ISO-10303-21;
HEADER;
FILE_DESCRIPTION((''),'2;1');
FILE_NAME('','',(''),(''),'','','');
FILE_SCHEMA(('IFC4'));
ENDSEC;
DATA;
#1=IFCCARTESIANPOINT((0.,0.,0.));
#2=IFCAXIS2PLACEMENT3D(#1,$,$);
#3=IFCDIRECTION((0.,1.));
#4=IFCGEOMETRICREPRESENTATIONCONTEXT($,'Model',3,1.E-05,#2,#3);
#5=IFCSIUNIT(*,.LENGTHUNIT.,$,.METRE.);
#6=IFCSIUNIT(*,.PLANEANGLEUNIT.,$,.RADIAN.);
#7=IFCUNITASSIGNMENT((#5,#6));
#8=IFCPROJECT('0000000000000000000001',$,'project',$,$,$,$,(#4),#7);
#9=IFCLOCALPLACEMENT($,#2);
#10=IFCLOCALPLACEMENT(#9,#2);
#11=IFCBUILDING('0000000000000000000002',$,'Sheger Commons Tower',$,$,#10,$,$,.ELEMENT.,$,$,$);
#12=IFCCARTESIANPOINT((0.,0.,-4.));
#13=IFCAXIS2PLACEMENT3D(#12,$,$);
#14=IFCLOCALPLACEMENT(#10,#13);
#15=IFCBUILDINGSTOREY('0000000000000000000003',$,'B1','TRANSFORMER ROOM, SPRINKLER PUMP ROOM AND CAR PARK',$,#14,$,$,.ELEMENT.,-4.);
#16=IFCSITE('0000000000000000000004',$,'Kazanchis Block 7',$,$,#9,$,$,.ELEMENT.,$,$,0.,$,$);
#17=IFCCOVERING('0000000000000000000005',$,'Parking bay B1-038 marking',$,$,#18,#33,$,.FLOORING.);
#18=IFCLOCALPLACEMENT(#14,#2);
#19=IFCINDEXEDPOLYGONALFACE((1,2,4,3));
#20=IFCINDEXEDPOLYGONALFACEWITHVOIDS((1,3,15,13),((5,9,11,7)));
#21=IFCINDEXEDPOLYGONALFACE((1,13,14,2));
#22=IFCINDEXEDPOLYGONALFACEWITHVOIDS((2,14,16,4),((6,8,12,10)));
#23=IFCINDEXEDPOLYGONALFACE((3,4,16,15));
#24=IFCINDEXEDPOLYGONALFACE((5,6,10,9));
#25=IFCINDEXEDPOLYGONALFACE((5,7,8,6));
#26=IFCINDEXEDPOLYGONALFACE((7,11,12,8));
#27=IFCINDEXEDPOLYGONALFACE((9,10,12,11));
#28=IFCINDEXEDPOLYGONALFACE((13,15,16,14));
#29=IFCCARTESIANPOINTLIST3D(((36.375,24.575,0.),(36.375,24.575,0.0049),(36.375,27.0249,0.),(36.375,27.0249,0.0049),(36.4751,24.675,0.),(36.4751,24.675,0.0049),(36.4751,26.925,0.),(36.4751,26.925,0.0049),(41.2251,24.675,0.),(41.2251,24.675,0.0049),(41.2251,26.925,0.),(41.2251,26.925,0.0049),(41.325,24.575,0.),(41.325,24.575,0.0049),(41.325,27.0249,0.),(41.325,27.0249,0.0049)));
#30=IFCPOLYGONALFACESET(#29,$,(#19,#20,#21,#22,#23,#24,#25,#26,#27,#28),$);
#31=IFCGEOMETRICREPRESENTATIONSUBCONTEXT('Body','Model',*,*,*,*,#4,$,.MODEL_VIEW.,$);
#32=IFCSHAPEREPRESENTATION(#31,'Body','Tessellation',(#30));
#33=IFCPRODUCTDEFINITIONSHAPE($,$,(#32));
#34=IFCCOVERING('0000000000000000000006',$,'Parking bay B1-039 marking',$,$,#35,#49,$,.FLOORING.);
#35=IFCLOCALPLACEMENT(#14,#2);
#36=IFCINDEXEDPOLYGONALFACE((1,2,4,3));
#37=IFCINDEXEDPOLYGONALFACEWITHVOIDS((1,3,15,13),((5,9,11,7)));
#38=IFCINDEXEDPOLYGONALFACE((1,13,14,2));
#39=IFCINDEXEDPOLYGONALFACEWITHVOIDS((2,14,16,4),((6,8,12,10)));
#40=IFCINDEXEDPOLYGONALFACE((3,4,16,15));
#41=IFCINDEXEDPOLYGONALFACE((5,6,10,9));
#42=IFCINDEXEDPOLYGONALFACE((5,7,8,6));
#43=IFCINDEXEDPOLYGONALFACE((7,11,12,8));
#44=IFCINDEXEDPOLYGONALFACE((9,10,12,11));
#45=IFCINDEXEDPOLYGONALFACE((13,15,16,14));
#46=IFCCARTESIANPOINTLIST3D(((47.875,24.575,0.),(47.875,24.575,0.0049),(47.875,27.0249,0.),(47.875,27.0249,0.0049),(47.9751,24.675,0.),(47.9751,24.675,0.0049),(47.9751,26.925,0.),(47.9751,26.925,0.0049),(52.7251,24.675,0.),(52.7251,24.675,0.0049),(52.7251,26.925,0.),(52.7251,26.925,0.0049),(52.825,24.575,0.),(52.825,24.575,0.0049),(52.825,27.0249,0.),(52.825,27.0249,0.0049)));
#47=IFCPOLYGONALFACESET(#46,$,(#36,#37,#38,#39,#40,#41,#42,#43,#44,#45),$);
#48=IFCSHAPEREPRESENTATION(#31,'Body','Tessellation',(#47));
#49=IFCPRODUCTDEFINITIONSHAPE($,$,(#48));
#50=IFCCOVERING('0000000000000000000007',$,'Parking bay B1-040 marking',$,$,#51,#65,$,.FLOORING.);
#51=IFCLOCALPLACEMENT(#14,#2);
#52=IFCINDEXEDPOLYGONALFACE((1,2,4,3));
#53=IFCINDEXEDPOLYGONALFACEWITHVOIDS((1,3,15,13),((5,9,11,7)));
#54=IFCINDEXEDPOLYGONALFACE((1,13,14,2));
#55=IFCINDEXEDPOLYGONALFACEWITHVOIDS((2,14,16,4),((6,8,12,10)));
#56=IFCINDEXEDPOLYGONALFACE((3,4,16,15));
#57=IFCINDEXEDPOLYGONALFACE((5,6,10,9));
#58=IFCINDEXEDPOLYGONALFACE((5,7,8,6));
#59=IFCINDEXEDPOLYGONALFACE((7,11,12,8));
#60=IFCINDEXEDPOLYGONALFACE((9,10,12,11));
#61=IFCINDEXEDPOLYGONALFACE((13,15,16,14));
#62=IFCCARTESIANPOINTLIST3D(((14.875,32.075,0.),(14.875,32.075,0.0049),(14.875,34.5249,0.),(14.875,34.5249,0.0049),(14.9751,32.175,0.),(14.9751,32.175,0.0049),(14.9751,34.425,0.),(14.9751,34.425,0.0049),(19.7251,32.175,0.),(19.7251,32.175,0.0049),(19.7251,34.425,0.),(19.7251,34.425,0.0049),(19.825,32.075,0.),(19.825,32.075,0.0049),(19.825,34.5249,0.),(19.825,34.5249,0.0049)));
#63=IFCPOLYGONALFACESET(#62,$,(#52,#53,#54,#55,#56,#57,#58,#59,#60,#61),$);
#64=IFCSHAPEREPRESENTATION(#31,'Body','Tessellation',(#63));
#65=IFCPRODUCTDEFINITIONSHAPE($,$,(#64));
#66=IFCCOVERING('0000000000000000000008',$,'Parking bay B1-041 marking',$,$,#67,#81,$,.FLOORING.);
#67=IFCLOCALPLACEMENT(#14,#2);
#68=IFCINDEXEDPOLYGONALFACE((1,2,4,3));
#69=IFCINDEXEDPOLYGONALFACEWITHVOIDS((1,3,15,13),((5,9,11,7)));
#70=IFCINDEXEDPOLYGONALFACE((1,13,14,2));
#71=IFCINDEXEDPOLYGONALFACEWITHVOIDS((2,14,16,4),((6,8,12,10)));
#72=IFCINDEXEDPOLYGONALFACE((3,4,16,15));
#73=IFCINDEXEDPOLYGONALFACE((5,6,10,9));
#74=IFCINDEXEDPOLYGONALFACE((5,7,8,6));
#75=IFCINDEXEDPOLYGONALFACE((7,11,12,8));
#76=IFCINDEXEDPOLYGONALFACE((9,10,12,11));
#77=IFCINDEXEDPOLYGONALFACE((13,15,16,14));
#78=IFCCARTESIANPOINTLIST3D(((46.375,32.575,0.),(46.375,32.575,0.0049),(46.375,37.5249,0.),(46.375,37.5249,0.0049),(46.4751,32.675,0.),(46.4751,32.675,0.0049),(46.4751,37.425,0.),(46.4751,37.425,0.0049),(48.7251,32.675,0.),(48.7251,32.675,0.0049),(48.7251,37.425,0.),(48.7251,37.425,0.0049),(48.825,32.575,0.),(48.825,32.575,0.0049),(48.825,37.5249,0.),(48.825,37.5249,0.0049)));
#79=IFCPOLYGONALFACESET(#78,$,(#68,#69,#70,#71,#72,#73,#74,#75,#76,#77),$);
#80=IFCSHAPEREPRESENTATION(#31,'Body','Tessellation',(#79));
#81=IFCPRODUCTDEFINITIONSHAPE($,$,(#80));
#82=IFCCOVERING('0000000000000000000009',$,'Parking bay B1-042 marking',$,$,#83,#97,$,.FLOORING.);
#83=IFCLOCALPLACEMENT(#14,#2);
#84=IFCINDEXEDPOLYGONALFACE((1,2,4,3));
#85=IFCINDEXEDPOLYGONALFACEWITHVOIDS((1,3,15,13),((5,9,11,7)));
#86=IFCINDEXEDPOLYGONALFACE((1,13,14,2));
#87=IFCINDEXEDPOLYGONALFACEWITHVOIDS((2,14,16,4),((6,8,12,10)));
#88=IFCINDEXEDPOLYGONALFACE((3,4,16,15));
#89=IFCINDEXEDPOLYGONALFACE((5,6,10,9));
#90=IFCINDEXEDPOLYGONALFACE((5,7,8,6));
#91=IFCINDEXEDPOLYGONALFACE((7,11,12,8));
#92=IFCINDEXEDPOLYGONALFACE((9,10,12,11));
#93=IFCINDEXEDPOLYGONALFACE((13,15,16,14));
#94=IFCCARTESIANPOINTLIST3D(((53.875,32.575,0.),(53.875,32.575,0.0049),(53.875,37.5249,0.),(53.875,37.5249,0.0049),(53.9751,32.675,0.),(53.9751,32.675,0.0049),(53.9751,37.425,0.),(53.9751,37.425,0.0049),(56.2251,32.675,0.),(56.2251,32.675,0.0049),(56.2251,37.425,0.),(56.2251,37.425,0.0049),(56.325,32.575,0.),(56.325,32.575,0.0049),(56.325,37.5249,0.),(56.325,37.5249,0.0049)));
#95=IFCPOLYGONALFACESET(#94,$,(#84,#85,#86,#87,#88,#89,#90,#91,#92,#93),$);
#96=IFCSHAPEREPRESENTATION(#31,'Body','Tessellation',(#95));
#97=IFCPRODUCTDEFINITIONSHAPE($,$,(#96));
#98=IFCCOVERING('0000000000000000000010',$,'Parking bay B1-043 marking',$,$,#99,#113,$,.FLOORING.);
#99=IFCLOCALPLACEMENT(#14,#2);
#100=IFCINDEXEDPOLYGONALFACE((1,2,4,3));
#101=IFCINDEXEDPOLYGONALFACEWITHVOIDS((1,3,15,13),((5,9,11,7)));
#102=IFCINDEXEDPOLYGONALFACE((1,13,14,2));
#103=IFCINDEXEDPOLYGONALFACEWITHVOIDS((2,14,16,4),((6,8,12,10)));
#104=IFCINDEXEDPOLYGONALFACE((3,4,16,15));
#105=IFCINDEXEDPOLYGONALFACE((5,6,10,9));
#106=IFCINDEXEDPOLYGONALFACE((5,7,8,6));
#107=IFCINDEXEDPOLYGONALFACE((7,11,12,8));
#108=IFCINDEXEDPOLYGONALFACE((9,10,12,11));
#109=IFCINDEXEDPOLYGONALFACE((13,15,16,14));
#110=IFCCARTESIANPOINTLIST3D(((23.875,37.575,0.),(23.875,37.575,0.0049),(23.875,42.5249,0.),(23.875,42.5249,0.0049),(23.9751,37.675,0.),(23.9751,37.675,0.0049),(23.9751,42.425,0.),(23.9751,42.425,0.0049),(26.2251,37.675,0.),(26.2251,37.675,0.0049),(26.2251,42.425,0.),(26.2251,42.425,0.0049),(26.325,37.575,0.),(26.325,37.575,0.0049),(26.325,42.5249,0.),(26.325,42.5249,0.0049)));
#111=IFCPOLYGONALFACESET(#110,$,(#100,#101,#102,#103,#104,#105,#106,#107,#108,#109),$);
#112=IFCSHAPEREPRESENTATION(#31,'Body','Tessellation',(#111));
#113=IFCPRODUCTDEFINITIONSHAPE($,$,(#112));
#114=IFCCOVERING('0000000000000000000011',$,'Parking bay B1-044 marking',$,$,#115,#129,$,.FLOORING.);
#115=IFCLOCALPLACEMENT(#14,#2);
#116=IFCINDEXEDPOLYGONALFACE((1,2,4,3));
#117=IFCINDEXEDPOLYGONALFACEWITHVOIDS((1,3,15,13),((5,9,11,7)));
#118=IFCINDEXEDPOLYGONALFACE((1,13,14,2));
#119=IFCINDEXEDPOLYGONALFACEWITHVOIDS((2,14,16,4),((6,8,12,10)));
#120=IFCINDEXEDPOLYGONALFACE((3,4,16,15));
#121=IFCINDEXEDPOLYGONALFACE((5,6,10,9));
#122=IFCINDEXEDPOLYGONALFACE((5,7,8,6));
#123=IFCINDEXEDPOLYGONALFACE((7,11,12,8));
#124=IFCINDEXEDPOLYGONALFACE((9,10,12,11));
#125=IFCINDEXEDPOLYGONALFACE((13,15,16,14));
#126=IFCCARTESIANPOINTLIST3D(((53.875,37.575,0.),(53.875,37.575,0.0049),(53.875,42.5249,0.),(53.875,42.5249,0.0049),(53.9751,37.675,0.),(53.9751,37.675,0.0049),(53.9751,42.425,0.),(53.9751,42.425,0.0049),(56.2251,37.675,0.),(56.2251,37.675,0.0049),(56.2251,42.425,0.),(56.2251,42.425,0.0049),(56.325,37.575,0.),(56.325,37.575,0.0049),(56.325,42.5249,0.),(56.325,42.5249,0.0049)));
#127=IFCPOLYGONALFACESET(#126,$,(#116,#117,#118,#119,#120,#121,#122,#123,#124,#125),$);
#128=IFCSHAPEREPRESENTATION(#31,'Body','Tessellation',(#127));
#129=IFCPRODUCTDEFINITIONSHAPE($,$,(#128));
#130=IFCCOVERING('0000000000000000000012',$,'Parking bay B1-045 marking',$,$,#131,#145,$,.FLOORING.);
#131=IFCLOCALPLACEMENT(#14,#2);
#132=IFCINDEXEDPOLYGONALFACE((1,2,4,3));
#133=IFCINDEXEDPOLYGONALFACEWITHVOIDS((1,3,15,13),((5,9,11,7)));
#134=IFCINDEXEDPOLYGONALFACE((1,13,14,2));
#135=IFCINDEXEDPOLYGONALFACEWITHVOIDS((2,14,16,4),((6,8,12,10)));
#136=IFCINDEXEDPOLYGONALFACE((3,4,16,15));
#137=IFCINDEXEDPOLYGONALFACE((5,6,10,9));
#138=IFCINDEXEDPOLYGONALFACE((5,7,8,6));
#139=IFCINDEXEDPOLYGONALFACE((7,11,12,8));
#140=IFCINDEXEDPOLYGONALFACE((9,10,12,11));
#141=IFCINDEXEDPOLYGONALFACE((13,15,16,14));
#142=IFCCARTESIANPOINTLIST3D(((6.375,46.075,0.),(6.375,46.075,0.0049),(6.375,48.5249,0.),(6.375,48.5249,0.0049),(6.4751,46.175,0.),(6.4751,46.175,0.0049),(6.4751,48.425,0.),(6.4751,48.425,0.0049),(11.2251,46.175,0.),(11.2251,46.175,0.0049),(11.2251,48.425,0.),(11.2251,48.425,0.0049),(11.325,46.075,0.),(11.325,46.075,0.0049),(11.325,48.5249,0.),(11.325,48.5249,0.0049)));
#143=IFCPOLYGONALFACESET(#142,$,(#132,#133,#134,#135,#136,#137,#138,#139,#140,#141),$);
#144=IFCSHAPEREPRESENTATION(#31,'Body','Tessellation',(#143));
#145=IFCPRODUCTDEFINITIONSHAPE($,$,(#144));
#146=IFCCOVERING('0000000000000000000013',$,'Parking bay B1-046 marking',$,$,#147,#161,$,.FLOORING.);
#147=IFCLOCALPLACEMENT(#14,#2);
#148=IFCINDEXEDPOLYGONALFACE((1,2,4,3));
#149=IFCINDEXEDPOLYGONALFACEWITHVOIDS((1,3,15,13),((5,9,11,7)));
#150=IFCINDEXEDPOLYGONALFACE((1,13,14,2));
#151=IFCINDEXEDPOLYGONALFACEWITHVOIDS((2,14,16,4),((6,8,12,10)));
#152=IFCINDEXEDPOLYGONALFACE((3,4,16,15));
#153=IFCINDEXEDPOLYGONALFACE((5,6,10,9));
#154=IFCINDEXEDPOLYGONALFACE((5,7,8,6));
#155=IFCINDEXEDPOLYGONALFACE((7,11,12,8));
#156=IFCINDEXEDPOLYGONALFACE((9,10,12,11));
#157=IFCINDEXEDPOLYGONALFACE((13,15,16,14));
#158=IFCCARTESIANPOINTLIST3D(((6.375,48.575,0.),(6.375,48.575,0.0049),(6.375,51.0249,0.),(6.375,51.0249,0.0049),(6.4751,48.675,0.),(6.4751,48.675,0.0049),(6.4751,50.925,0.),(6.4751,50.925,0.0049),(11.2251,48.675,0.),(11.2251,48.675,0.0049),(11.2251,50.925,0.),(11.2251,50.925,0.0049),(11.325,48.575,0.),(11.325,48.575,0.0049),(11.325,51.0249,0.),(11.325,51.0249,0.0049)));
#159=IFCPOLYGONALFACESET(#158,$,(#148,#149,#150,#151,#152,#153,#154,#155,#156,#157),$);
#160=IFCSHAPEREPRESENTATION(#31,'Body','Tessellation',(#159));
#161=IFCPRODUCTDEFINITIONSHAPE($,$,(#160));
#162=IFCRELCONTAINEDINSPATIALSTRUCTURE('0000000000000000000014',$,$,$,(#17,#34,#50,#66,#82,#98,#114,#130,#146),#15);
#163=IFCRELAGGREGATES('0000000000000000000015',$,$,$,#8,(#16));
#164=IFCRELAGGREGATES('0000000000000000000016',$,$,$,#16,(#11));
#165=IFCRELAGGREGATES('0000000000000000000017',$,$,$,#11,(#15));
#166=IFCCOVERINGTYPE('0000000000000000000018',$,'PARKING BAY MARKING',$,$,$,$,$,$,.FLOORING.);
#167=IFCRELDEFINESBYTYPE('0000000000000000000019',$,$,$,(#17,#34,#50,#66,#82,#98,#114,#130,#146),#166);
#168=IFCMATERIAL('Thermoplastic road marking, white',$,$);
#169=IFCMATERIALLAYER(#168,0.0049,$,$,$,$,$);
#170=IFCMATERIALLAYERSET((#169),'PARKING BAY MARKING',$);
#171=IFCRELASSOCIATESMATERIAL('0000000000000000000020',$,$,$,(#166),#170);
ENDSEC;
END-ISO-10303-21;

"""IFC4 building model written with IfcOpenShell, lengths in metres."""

from ifc_helpers import new_model, si_unit, direction, frame, origin, place, context, subcontext, project, spatial, polyline, outline, extrude, material, layer, layer_set, type_object, element, save


model = new_model("IFC4")

# Units and contexts
model_context = context("Model", 3, precision=1e-05, world=origin(), true_north=direction((0.0, 1.0)))
body_context = subcontext(model_context, "Body", "Model", "MODEL_VIEW")
ifc_project = project(units=[si_unit("LENGTHUNIT", "METRE"), si_unit("PLANEANGLEUNIT", "RADIAN")], contexts=[model_context])

# Site, building, storey
site_placement = place(None, origin())
site = spatial("IfcSite", under=ifc_project, at=site_placement, Name="Kazanchis Block 7", CompositionType="ELEMENT", RefElevation=0.0)
building_placement = place(site_placement, origin())
building = spatial("IfcBuilding", under=site, at=building_placement, Name="Sheger Commons Tower", CompositionType="ELEMENT")
storey_placement = place(building_placement, frame((0.0, 0.0, -4.0)))
storey = spatial("IfcBuildingStorey", under=building, at=storey_placement, Name="B1", Description="TRANSFORMER ROOM, SPRINKLER PUMP ROOM AND CAR PARK", CompositionType="ELEMENT", Elevation=-4.0)

# Coverings
ifc_material_1 = material(Name="Thermoplastic road marking, white")
ifc_layer_1 = layer(ifc_material_1, 0.0049)
ifc_layer_set_1 = layer_set([ifc_layer_1], Name="PARKING BAY MARKING")
covering_type_1 = type_object("IfcCoveringType", Name="PARKING BAY MARKING", PredefinedType="FLOORING", material=ifc_layer_set_1)
covering_1_placement = place(storey_placement, origin())
element("IfcCovering", 1, at=covering_1_placement, inside=storey, type_object=covering_type_1, Name="Parking bay B1-038 marking", PredefinedType="FLOORING", context=body_context, shape_type="SweptSolid", body=[
    extrude(outline(polyline([(36.375, 24.575), (41.325, 24.575), (41.325, 27.0249), (36.375, 27.0249), (36.375, 24.575)]), holes=[polyline([(41.2251, 26.925), (41.2251, 24.675), (36.4751, 24.675), (36.4751, 26.925), (41.2251, 26.925)])]), origin(), (0.0, 0.0, 1.0), 0.0049),
])
covering_2_placement = place(storey_placement, origin())
element("IfcCovering", 2, at=covering_2_placement, inside=storey, type_object=covering_type_1, Name="Parking bay B1-039 marking", PredefinedType="FLOORING", context=body_context, shape_type="SweptSolid", body=[
    extrude(outline(polyline([(47.875, 24.575), (52.825, 24.575), (52.825, 27.0249), (47.875, 27.0249), (47.875, 24.575)]), holes=[polyline([(52.7251, 26.925), (52.7251, 24.675), (47.9751, 24.675), (47.9751, 26.925), (52.7251, 26.925)])]), origin(), (0.0, 0.0, 1.0), 0.0049),
])
covering_3_placement = place(storey_placement, origin())
element("IfcCovering", 3, at=covering_3_placement, inside=storey, type_object=covering_type_1, Name="Parking bay B1-040 marking", PredefinedType="FLOORING", context=body_context, shape_type="SweptSolid", body=[
    extrude(outline(polyline([(14.875, 32.075), (19.825, 32.075), (19.825, 34.5249), (14.875, 34.5249), (14.875, 32.075)]), holes=[polyline([(19.7251, 34.425), (19.7251, 32.175), (14.9751, 32.175), (14.9751, 34.425), (19.7251, 34.425)])]), origin(), (0.0, 0.0, 1.0), 0.0049),
])
covering_4_placement = place(storey_placement, origin())
element("IfcCovering", 4, at=covering_4_placement, inside=storey, type_object=covering_type_1, Name="Parking bay B1-041 marking", PredefinedType="FLOORING", context=body_context, shape_type="SweptSolid", body=[
    extrude(outline(polyline([(46.375, 32.575), (48.825, 32.575), (48.825, 37.5249), (46.375, 37.5249), (46.375, 32.575)]), holes=[polyline([(48.7251, 37.425), (48.7251, 32.675), (46.4751, 32.675), (46.4751, 37.425), (48.7251, 37.425)])]), origin(), (0.0, 0.0, 1.0), 0.0049),
])
covering_5_placement = place(storey_placement, origin())
element("IfcCovering", 5, at=covering_5_placement, inside=storey, type_object=covering_type_1, Name="Parking bay B1-042 marking", PredefinedType="FLOORING", context=body_context, shape_type="SweptSolid", body=[
    extrude(outline(polyline([(53.875, 32.575), (56.325, 32.575), (56.325, 37.5249), (53.875, 37.5249), (53.875, 32.575)]), holes=[polyline([(56.2251, 37.425), (56.2251, 32.675), (53.9751, 32.675), (53.9751, 37.425), (56.2251, 37.425)])]), origin(), (0.0, 0.0, 1.0), 0.0049),
])
covering_6_placement = place(storey_placement, origin())
element("IfcCovering", 6, at=covering_6_placement, inside=storey, type_object=covering_type_1, Name="Parking bay B1-043 marking", PredefinedType="FLOORING", context=body_context, shape_type="SweptSolid", body=[
    extrude(outline(polyline([(23.875, 37.575), (26.325, 37.575), (26.325, 42.5249), (23.875, 42.5249), (23.875, 37.575)]), holes=[polyline([(26.2251, 42.425), (26.2251, 37.675), (23.9751, 37.675), (23.9751, 42.425), (26.2251, 42.425)])]), origin(), (0.0, 0.0, 1.0), 0.0049),
])
covering_7_placement = place(storey_placement, origin())
element("IfcCovering", 7, at=covering_7_placement, inside=storey, type_object=covering_type_1, Name="Parking bay B1-044 marking", PredefinedType="FLOORING", context=body_context, shape_type="SweptSolid", body=[
    extrude(outline(polyline([(53.875, 37.575), (56.325, 37.575), (56.325, 42.5249), (53.875, 42.5249), (53.875, 37.575)]), holes=[polyline([(56.2251, 42.425), (56.2251, 37.675), (53.9751, 37.675), (53.9751, 42.425), (56.2251, 42.425)])]), origin(), (0.0, 0.0, 1.0), 0.0049),
])
covering_8_placement = place(storey_placement, origin())
element("IfcCovering", 8, at=covering_8_placement, inside=storey, type_object=covering_type_1, Name="Parking bay B1-045 marking", PredefinedType="FLOORING", context=body_context, shape_type="SweptSolid", body=[
    extrude(outline(polyline([(6.375, 46.075), (11.325, 46.075), (11.325, 48.5249), (6.375, 48.5249), (6.375, 46.075)]), holes=[polyline([(11.2251, 48.425), (11.2251, 46.175), (6.4751, 46.175), (6.4751, 48.425), (11.2251, 48.425)])]), origin(), (0.0, 0.0, 1.0), 0.0049),
])
covering_9_placement = place(storey_placement, origin())
element("IfcCovering", 9, at=covering_9_placement, inside=storey, type_object=covering_type_1, Name="Parking bay B1-046 marking", PredefinedType="FLOORING", context=body_context, shape_type="SweptSolid", body=[
    extrude(outline(polyline([(6.375, 48.575), (11.325, 48.575), (11.325, 51.0249), (6.375, 51.0249), (6.375, 48.575)]), holes=[polyline([(11.2251, 50.925), (11.2251, 48.675), (6.4751, 48.675), (6.4751, 50.925), (11.2251, 50.925)])]), origin(), (0.0, 0.0, 1.0), 0.0049),
])

save(model, "model.ifc")
